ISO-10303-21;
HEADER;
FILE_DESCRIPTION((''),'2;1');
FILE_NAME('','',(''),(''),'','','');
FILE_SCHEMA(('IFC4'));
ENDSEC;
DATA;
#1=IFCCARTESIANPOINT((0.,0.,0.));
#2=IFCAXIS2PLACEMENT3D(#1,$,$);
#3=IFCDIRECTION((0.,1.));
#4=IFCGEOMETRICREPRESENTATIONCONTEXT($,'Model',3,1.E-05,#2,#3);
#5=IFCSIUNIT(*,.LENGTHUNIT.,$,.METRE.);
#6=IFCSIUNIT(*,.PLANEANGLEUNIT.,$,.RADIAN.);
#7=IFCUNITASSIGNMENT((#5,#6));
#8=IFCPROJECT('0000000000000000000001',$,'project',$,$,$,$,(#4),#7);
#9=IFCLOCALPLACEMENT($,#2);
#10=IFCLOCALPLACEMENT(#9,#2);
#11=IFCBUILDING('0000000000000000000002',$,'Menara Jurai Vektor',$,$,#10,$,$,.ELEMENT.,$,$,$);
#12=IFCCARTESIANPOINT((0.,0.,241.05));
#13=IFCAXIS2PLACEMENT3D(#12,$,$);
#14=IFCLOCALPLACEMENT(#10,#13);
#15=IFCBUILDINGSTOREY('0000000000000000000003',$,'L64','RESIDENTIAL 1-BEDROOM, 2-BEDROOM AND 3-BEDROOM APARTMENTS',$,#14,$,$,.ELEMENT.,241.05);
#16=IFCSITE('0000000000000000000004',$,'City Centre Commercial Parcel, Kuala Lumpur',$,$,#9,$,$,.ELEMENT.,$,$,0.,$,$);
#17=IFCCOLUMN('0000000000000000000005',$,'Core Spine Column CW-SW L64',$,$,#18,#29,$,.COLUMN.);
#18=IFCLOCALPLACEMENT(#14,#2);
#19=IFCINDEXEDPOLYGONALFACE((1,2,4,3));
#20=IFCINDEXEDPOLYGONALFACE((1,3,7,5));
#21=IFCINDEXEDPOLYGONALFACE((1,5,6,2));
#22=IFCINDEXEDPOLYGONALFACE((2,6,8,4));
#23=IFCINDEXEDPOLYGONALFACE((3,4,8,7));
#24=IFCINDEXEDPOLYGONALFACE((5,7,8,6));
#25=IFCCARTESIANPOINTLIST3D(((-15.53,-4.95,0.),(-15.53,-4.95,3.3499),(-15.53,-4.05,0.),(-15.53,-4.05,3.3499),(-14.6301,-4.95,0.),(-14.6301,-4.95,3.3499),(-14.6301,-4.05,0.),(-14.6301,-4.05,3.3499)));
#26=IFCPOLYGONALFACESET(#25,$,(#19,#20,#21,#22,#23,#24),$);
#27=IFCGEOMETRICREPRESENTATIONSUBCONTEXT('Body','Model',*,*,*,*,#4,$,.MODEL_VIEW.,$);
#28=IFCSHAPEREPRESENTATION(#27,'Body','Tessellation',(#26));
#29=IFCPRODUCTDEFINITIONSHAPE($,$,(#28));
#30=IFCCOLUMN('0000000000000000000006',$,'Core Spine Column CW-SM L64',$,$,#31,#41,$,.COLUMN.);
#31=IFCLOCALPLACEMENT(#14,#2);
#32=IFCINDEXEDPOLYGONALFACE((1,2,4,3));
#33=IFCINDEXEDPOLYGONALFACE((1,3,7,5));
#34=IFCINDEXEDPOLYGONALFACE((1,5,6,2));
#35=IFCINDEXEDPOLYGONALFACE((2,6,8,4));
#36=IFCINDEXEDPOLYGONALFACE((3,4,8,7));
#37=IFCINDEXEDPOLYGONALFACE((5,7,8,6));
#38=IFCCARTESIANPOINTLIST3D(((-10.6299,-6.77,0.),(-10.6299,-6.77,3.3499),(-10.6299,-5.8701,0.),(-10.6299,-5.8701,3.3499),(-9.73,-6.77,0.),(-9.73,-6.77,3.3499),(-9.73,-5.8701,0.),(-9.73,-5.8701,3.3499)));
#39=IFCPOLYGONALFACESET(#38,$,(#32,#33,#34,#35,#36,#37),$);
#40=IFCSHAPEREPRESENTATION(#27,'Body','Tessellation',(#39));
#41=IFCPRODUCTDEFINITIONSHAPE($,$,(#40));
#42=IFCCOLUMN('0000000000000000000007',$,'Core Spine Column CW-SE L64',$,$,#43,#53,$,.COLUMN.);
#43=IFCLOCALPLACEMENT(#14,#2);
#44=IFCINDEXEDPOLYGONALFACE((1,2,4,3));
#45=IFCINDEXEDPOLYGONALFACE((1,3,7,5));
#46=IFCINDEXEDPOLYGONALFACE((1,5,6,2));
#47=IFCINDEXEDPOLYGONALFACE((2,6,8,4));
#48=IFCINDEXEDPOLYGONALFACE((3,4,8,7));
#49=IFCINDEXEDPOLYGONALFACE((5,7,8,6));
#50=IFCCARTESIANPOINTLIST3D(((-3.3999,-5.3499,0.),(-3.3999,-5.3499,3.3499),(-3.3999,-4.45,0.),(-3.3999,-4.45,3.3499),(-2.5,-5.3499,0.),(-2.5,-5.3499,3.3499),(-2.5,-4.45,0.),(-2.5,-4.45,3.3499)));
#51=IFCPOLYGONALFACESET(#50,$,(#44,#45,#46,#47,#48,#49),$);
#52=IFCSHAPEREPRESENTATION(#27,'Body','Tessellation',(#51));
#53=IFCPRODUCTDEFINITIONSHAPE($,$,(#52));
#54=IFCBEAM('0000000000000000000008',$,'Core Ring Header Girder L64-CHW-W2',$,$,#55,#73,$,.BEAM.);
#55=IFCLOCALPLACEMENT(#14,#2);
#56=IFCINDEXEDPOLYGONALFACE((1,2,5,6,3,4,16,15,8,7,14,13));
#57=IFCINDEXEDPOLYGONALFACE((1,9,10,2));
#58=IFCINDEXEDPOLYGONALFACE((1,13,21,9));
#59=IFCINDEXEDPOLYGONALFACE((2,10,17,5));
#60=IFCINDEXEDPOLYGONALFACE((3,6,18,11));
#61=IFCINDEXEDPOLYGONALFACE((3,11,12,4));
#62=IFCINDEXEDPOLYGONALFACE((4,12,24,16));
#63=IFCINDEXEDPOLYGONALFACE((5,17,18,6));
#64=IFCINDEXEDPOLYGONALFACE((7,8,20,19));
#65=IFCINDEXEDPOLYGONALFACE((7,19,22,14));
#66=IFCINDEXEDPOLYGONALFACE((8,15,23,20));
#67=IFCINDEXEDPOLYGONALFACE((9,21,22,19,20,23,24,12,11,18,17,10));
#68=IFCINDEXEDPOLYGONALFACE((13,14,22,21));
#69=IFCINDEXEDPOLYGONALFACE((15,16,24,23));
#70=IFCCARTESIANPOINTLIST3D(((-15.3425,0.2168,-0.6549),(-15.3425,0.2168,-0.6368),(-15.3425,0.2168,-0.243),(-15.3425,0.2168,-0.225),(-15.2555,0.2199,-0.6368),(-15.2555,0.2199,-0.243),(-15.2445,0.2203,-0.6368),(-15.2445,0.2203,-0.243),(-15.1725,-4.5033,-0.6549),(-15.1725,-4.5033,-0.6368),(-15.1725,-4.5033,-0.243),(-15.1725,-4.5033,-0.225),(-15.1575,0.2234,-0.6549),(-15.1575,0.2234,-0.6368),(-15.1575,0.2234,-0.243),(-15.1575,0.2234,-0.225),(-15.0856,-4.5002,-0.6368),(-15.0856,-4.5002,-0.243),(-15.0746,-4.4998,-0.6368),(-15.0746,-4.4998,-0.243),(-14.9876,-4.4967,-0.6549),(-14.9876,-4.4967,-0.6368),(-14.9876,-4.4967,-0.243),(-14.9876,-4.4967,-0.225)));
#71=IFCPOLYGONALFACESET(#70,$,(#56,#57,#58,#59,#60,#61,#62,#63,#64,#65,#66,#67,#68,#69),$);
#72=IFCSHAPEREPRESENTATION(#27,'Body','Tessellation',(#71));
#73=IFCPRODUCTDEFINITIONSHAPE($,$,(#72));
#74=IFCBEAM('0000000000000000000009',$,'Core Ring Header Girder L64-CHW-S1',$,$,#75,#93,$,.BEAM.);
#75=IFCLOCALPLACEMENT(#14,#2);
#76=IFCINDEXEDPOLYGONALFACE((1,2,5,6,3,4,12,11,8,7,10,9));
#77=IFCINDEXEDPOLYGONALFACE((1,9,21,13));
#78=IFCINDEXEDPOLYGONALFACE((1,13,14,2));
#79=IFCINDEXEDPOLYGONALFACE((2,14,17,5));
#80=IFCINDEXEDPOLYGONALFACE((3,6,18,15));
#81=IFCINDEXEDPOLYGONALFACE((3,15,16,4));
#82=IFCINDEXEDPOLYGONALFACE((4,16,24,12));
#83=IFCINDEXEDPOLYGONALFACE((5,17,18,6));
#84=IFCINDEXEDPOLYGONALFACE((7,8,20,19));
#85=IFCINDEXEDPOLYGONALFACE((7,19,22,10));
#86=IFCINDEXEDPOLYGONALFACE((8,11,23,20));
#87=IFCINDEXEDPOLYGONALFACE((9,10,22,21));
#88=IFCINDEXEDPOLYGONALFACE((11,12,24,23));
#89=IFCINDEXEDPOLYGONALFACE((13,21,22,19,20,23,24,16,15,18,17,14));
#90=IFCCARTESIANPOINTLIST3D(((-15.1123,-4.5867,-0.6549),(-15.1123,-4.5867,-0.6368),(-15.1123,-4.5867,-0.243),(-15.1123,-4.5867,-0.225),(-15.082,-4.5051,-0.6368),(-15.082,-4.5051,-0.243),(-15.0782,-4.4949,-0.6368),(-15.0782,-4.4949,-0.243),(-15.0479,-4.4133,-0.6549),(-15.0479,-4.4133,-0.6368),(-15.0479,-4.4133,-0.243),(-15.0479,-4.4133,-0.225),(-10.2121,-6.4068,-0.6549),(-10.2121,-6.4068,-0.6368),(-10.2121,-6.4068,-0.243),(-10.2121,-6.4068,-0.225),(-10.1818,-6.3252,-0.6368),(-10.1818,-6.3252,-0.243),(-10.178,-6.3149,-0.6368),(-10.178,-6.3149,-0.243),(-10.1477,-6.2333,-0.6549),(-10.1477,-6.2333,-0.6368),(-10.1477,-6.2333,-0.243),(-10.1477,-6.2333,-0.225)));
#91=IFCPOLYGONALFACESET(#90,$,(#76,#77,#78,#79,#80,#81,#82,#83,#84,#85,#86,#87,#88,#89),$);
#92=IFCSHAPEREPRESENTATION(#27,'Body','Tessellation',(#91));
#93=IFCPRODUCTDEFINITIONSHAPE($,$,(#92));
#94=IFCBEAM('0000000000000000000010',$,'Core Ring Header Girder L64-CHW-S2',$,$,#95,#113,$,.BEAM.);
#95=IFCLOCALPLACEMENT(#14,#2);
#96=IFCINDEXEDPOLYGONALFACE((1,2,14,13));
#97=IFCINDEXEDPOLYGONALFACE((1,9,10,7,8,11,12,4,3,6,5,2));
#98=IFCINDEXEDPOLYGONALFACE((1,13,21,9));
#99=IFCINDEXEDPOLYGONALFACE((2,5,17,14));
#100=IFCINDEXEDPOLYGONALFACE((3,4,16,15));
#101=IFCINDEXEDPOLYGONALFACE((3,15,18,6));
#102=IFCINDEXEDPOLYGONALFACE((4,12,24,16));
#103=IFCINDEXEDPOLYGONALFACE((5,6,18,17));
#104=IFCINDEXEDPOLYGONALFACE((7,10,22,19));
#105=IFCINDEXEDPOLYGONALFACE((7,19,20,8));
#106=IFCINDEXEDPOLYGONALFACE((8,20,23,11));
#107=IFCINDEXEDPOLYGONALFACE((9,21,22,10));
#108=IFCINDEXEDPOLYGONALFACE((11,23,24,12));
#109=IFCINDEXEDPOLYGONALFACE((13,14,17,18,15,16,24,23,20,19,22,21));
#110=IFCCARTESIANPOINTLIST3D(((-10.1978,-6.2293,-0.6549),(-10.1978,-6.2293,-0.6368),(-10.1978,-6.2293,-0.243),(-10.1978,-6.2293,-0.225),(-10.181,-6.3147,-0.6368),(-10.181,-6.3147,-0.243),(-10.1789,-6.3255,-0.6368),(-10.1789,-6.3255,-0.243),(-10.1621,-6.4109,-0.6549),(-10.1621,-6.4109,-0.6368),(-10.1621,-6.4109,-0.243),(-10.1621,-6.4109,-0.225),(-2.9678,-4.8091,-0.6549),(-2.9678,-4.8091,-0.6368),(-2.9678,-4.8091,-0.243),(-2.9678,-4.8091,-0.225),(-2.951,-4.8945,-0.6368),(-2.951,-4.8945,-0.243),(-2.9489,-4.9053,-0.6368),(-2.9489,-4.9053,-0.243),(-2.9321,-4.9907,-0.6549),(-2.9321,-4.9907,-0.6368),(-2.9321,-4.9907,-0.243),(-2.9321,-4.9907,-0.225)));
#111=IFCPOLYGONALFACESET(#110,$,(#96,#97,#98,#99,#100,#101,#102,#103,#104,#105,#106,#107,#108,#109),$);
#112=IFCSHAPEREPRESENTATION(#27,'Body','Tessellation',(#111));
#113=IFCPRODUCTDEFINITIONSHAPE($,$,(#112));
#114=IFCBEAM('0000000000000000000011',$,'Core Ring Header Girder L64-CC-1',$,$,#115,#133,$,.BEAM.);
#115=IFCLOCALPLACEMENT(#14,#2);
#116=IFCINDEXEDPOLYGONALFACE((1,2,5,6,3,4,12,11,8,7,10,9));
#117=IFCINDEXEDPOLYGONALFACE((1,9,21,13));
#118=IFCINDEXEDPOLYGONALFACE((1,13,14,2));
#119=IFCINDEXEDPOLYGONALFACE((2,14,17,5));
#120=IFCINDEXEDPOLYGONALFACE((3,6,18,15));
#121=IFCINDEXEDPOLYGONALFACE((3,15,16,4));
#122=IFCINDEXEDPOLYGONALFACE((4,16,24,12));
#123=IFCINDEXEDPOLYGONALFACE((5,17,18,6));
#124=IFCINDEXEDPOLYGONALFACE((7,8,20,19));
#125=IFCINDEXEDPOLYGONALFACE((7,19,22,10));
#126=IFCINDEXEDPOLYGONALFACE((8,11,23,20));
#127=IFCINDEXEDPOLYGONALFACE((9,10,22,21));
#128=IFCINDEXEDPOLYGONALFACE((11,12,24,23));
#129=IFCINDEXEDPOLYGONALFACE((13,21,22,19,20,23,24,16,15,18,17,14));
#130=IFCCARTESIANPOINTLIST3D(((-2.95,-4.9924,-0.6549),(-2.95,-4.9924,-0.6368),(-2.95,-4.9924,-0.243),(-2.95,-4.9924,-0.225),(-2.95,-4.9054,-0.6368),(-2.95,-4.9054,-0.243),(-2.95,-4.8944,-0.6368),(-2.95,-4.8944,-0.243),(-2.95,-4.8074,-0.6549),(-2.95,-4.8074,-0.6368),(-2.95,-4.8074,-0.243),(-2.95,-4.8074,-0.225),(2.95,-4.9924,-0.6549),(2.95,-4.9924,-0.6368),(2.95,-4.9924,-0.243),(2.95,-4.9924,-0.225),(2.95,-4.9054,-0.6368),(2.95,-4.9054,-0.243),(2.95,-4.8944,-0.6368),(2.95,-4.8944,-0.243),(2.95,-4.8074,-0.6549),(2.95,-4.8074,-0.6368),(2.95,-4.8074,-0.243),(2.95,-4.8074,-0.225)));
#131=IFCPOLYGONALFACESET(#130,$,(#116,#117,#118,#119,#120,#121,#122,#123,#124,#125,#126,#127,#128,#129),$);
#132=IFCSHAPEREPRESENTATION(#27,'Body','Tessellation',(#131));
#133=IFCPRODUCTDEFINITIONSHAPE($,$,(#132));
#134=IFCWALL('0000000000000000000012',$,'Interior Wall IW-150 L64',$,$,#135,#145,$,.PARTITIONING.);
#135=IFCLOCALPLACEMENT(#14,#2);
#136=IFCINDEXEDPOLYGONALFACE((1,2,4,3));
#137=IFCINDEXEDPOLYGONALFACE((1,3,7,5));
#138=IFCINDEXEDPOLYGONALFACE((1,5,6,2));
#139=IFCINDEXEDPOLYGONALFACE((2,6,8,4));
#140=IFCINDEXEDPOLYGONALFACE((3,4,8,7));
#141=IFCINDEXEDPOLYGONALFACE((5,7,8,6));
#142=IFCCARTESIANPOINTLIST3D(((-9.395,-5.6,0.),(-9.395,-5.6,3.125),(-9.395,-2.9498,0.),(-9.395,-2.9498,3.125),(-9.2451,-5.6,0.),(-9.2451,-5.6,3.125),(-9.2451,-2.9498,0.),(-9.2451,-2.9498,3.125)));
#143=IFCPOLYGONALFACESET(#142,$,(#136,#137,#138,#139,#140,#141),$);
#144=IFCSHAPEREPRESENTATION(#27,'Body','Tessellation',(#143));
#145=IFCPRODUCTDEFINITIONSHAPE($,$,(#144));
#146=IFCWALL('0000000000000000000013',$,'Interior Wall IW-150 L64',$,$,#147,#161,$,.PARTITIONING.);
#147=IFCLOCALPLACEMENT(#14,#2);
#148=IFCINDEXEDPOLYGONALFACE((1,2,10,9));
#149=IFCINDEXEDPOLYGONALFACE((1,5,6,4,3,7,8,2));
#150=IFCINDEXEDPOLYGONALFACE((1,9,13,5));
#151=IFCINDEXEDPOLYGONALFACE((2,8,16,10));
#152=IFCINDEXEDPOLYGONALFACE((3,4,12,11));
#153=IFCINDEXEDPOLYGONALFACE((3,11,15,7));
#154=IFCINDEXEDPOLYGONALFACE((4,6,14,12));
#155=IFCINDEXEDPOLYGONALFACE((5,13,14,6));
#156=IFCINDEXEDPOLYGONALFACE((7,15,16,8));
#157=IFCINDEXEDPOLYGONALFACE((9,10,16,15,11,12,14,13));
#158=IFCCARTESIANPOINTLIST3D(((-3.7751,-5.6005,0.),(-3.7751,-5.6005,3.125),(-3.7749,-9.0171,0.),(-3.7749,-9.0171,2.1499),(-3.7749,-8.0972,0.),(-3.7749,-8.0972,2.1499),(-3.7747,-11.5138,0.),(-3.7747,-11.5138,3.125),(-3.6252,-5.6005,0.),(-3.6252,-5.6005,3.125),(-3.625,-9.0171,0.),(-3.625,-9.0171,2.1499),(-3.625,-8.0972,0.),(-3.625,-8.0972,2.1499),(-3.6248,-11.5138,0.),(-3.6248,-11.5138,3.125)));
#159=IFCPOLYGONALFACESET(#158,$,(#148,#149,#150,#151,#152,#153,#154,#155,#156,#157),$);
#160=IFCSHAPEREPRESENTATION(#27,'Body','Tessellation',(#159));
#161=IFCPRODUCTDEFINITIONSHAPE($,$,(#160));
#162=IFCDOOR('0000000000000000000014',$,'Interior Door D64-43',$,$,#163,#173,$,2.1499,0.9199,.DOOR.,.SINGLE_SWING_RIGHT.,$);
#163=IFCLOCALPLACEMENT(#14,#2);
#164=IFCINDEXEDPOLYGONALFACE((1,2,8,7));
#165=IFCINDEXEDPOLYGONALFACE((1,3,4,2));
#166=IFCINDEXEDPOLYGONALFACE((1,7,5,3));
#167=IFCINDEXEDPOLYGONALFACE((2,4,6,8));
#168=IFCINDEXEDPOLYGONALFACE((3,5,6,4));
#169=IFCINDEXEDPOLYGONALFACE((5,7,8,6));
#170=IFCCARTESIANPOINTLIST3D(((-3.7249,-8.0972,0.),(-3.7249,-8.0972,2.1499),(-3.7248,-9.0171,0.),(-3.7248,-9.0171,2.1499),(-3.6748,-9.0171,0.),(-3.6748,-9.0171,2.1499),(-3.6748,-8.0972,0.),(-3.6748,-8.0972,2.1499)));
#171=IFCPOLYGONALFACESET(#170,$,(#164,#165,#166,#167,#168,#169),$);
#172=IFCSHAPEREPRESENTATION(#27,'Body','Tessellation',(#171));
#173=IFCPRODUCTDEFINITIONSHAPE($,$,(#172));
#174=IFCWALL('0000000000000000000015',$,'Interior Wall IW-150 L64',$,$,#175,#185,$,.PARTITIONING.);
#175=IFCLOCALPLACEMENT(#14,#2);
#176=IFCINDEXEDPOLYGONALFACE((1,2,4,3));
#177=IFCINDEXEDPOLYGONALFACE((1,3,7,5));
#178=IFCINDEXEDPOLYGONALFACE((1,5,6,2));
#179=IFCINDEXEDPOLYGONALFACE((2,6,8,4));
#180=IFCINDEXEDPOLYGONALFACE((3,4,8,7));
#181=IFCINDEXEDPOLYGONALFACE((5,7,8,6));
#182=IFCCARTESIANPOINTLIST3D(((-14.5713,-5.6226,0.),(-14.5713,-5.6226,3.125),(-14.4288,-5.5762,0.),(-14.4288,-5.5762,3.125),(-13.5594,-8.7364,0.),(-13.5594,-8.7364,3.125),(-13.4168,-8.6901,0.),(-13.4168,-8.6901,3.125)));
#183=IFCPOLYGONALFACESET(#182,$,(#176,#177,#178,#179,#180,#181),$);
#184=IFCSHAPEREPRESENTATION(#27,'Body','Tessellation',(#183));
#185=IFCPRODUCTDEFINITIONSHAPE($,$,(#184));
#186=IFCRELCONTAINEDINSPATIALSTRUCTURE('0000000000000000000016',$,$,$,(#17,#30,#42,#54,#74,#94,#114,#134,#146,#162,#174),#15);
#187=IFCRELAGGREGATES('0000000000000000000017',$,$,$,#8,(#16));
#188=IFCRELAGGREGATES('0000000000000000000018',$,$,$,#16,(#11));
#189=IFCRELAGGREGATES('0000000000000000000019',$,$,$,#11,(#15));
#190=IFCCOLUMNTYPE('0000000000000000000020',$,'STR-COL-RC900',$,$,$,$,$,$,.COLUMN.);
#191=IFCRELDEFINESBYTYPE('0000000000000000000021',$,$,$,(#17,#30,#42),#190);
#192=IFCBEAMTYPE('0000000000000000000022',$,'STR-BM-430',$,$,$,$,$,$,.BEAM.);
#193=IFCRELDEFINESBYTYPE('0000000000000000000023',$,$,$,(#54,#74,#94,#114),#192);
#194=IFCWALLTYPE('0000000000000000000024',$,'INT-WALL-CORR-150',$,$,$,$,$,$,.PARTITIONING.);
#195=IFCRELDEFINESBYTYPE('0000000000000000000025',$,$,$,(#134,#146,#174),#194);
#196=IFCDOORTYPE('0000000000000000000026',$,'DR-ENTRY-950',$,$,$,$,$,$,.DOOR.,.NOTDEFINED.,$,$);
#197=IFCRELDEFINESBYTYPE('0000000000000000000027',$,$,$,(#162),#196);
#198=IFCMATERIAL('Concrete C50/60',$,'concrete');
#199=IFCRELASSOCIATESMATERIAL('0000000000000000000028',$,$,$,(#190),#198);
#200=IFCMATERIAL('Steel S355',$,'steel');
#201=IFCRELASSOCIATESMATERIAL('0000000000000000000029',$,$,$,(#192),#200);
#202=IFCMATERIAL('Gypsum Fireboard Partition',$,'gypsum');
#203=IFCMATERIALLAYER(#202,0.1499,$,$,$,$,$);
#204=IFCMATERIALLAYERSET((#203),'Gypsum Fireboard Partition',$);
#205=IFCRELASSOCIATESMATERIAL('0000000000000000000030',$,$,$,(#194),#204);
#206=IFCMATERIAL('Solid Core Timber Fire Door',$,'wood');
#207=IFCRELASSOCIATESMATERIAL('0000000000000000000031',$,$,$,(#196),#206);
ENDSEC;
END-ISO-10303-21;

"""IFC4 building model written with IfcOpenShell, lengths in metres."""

from ifc_helpers import new_model, si_unit, direction, frame, frame_2d, origin, origin_2d, place, context, subcontext, project, spatial, rectangle, i_section, extrude, material, layer, layer_set, material_profile, profile_set, type_object, element, fill, save


model = new_model("IFC4")

# Units and contexts
model_context = context("Model", 3, precision=1e-05, world=origin(), true_north=direction((0.0, 1.0)))
body_context = subcontext(model_context, "Body", "Model", "MODEL_VIEW")
ifc_project = project(units=[si_unit("LENGTHUNIT", "METRE"), si_unit("PLANEANGLEUNIT", "RADIAN")], contexts=[model_context])

# Site, building, storey
site_placement = place(None, origin())
site = spatial("IfcSite", under=ifc_project, at=site_placement, Name="City Centre Commercial Parcel, Kuala Lumpur", CompositionType="ELEMENT", RefElevation=0.0)
building_placement = place(site_placement, origin())
building = spatial("IfcBuilding", under=site, at=building_placement, Name="Menara Jurai Vektor", CompositionType="ELEMENT")
storey_placement = place(building_placement, frame((0.0, 0.0, 241.05)))
storey = spatial("IfcBuildingStorey", under=building, at=storey_placement, Name="L64", Description="RESIDENTIAL 1-BEDROOM, 2-BEDROOM AND 3-BEDROOM APARTMENTS", CompositionType="ELEMENT", Elevation=241.05)

# Columns
ifc_material_1 = material(Name="Concrete C50/60", Category="concrete")
ifc_material_profile_1 = material_profile(ifc_material_1, rectangle(XDim=0.8999, YDim=0.8999, at=origin_2d()), Name="RC 900x900")
ifc_profile_set_1 = profile_set([ifc_material_profile_1], Name="Concrete C50/60")
column_type = type_object("IfcColumnType", Name="STR-COL-RC900", PredefinedType="COLUMN", material=ifc_profile_set_1)
for number, where, z_axis, x_axis, name in (
    (1, (-15.0801, -4.5, 0.0), (0.0, 0.0, 1.0), (1.0, 0.0, 0.0), "Core Spine Column CW-SW L64"),
    (2, (-10.1799, -6.3201, 0.0), (0.0, 0.0, 1.0), (1.0, 0.0, 0.0), "Core Spine Column CW-SM L64"),
    (3, (-2.95, -4.8999, 0.0), (0.0, 0.0, 1.0), (1.0, 0.0, 0.0), "Core Spine Column CW-SE L64"),
):
    element("IfcColumn", number, at=place(storey_placement, frame(where, z_axis=z_axis, x_axis=x_axis)), inside=storey, type_object=column_type, Name=name, PredefinedType="COLUMN", context=body_context, shape_type="SweptSolid", body=[
        extrude(rectangle(XDim=0.8999, YDim=0.8999, at=origin_2d()), origin(), (0.0, 0.0, 1.0), 3.3499),
    ])

# Beams
ifc_material_2 = material(Name="Steel S355", Category="steel")
ifc_material_profile_2 = material_profile(ifc_material_2, i_section(OverallWidth=0.1851, OverallDepth=0.4299, WebThickness=0.011, FlangeThickness=0.0181, at=origin_2d()), Name="PG 430x185x76")
ifc_profile_set_2 = profile_set([ifc_material_profile_2], Name="Steel S355")
beam_type = type_object("IfcBeamType", Name="STR-BM-430", PredefinedType="BEAM", material=ifc_profile_set_2)
beam_1_placement = place(storey_placement, frame((-15.0801, -4.5, -0.4399), z_axis=(-0.035977, 0.999353, 0.0), x_axis=(-0.999353, -0.035977, 0.0)))
element("IfcBeam", 4, at=beam_1_placement, inside=storey, type_object=beam_type, Name="Core Ring Header Girder L64-CHW-W2", PredefinedType="BEAM", context=body_context, shape_type="SweptSolid", body=[
    extrude(i_section(OverallWidth=0.1851, OverallDepth=0.4299, WebThickness=0.011, FlangeThickness=0.0181, at=origin_2d()), origin(), (0.0, 0.0, 1.0), 4.7231),
])
beam_2_placement = place(storey_placement, frame((-15.0801, -4.5, -0.4399), z_axis=(0.937424, -0.348189, 0.0), x_axis=(0.348189, 0.937424, 0.0)))
element("IfcBeam", 5, at=beam_2_placement, inside=storey, type_object=beam_type, Name="Core Ring Header Girder L64-CHW-S1", PredefinedType="BEAM", context=body_context, shape_type="SweptSolid", body=[
    extrude(i_section(OverallWidth=0.1851, OverallDepth=0.4299, WebThickness=0.011, FlangeThickness=0.0181, at=origin_2d()), origin(), (0.0, 0.0, 1.0), 5.2273),
])
beam_3_placement = place(storey_placement, frame((-10.1799, -6.3201, -0.4399), z_axis=(0.981249, 0.192744, 0.0), x_axis=(-0.192744, 0.981249, 0.0)))
element("IfcBeam", 6, at=beam_3_placement, inside=storey, type_object=beam_type, Name="Core Ring Header Girder L64-CHW-S2", PredefinedType="BEAM", context=body_context, shape_type="SweptSolid", body=[
    extrude(i_section(OverallWidth=0.1851, OverallDepth=0.4299, WebThickness=0.011, FlangeThickness=0.0181, at=origin_2d()), origin(), (0.0, 0.0, 1.0), 7.3682),
])
beam_4_placement = place(storey_placement, frame((-2.95, -4.8999, -0.4399), z_axis=(1.0, 0.0, 0.0), x_axis=(0.0, 1.0, 0.0)))
element("IfcBeam", 7, at=beam_4_placement, inside=storey, type_object=beam_type, Name="Core Ring Header Girder L64-CC-1", PredefinedType="BEAM", context=body_context, shape_type="SweptSolid", body=[
    extrude(i_section(OverallWidth=0.1851, OverallDepth=0.4299, WebThickness=0.011, FlangeThickness=0.0181, at=origin_2d()), origin(), (0.0, 0.0, 1.0), 5.8999),
])

# Wall
ifc_material_3 = material(Name="Gypsum Fireboard Partition", Category="gypsum")
ifc_layer_1 = layer(ifc_material_3, 0.1499)
ifc_layer_set_1 = layer_set([ifc_layer_1], Name="Gypsum Fireboard Partition")
wall_type_1 = type_object("IfcWallType", Name="INT-WALL-CORR-150", PredefinedType="PARTITIONING", material=ifc_layer_set_1)
wall_1_placement = place(storey_placement, frame((-9.3201, -5.6001, 0.0), z_axis=(0.0, 0.0, 1.0), x_axis=(0.0, 1.0, 0.0)))
element("IfcWall", 8, at=wall_1_placement, inside=storey, type_object=wall_type_1, Name="Interior Wall IW-150 L64", PredefinedType="PARTITIONING", context=body_context, shape_type="SweptSolid", body=[
    extrude(rectangle(XDim=2.6501, YDim=0.1499, at=frame_2d((1.3252, 0.0))), origin(), (0.0, 0.0, 1.0), 3.125),
])

# Wall, opening, door
wall_2_placement = place(storey_placement, frame((-3.6997, -11.5137, 0.0), z_axis=(0.0, 0.0, 1.0), x_axis=(-0.000083, 1.0, 0.0)))
wall_2 = element("IfcWall", 9, at=wall_2_placement, inside=storey, type_object=wall_type_1, Name="Interior Wall IW-150 L64", PredefinedType="PARTITIONING", context=body_context, shape_type="SweptSolid", body=[
    extrude(rectangle(XDim=5.9133, YDim=0.1499, at=frame_2d((2.9565, 0.0))), origin(), (0.0, 0.0, 1.0), 3.125),
])
opening_1_placement = place(wall_2_placement, frame((2.4966, 0.0, 0.0)))
opening_1 = element("IfcOpeningElement", 10, at=opening_1_placement, cuts=wall_2, PredefinedType="OPENING", context=body_context, shape_type="SweptSolid", body=[
    extrude(rectangle(XDim=0.9199, YDim=2.1499, at=frame_2d((0.46, 1.075))), frame((0.0, 0.085, 0.0), z_axis=(0.0, -1.0, 0.0), x_axis=(1.0, 0.0, 0.0)), (0.0, 0.0, 1.0), 0.1699),
])
ifc_material_4 = material(Name="Solid Core Timber Fire Door", Category="wood")
door_type_1 = type_object("IfcDoorType", Name="DR-ENTRY-950", OperationType="NOTDEFINED", PredefinedType="DOOR", material=ifc_material_4)
door_1_placement = place(opening_1_placement, origin())
door_1 = element("IfcDoor", 11, at=door_1_placement, inside=storey, type_object=door_type_1, Name="Interior Door D64-43", OperationType="SINGLE_SWING_RIGHT", OverallHeight=2.1499, OverallWidth=0.9199, PredefinedType="DOOR", context=body_context, shape_type="SweptSolid", body=[
    extrude(rectangle(XDim=0.9199, YDim=2.1499, at=frame_2d((0.46, 1.075))), frame((0.0, 0.0249, 0.0), z_axis=(0.0, -1.0, 0.0), x_axis=(1.0, 0.0, 0.0)), (0.0, 0.0, 1.0), 0.05),
])
fill(opening_1, door_1)

# Wall
wall_3_placement = place(storey_placement, frame((-13.488, -8.7134, 0.0), z_axis=(0.0, 0.0, 1.0), x_axis=(-0.309083, 0.951035, 0.0)))
element("IfcWall", 12, at=wall_3_placement, inside=storey, type_object=wall_type_1, Name="Interior Wall IW-150 L64", PredefinedType="PARTITIONING", context=body_context, shape_type="SweptSolid", body=[
    extrude(rectangle(XDim=3.2742, YDim=0.1499, at=frame_2d((1.6372, 0.0))), origin(), (0.0, 0.0, 1.0), 3.125),
])

save(model, "model.ifc")
